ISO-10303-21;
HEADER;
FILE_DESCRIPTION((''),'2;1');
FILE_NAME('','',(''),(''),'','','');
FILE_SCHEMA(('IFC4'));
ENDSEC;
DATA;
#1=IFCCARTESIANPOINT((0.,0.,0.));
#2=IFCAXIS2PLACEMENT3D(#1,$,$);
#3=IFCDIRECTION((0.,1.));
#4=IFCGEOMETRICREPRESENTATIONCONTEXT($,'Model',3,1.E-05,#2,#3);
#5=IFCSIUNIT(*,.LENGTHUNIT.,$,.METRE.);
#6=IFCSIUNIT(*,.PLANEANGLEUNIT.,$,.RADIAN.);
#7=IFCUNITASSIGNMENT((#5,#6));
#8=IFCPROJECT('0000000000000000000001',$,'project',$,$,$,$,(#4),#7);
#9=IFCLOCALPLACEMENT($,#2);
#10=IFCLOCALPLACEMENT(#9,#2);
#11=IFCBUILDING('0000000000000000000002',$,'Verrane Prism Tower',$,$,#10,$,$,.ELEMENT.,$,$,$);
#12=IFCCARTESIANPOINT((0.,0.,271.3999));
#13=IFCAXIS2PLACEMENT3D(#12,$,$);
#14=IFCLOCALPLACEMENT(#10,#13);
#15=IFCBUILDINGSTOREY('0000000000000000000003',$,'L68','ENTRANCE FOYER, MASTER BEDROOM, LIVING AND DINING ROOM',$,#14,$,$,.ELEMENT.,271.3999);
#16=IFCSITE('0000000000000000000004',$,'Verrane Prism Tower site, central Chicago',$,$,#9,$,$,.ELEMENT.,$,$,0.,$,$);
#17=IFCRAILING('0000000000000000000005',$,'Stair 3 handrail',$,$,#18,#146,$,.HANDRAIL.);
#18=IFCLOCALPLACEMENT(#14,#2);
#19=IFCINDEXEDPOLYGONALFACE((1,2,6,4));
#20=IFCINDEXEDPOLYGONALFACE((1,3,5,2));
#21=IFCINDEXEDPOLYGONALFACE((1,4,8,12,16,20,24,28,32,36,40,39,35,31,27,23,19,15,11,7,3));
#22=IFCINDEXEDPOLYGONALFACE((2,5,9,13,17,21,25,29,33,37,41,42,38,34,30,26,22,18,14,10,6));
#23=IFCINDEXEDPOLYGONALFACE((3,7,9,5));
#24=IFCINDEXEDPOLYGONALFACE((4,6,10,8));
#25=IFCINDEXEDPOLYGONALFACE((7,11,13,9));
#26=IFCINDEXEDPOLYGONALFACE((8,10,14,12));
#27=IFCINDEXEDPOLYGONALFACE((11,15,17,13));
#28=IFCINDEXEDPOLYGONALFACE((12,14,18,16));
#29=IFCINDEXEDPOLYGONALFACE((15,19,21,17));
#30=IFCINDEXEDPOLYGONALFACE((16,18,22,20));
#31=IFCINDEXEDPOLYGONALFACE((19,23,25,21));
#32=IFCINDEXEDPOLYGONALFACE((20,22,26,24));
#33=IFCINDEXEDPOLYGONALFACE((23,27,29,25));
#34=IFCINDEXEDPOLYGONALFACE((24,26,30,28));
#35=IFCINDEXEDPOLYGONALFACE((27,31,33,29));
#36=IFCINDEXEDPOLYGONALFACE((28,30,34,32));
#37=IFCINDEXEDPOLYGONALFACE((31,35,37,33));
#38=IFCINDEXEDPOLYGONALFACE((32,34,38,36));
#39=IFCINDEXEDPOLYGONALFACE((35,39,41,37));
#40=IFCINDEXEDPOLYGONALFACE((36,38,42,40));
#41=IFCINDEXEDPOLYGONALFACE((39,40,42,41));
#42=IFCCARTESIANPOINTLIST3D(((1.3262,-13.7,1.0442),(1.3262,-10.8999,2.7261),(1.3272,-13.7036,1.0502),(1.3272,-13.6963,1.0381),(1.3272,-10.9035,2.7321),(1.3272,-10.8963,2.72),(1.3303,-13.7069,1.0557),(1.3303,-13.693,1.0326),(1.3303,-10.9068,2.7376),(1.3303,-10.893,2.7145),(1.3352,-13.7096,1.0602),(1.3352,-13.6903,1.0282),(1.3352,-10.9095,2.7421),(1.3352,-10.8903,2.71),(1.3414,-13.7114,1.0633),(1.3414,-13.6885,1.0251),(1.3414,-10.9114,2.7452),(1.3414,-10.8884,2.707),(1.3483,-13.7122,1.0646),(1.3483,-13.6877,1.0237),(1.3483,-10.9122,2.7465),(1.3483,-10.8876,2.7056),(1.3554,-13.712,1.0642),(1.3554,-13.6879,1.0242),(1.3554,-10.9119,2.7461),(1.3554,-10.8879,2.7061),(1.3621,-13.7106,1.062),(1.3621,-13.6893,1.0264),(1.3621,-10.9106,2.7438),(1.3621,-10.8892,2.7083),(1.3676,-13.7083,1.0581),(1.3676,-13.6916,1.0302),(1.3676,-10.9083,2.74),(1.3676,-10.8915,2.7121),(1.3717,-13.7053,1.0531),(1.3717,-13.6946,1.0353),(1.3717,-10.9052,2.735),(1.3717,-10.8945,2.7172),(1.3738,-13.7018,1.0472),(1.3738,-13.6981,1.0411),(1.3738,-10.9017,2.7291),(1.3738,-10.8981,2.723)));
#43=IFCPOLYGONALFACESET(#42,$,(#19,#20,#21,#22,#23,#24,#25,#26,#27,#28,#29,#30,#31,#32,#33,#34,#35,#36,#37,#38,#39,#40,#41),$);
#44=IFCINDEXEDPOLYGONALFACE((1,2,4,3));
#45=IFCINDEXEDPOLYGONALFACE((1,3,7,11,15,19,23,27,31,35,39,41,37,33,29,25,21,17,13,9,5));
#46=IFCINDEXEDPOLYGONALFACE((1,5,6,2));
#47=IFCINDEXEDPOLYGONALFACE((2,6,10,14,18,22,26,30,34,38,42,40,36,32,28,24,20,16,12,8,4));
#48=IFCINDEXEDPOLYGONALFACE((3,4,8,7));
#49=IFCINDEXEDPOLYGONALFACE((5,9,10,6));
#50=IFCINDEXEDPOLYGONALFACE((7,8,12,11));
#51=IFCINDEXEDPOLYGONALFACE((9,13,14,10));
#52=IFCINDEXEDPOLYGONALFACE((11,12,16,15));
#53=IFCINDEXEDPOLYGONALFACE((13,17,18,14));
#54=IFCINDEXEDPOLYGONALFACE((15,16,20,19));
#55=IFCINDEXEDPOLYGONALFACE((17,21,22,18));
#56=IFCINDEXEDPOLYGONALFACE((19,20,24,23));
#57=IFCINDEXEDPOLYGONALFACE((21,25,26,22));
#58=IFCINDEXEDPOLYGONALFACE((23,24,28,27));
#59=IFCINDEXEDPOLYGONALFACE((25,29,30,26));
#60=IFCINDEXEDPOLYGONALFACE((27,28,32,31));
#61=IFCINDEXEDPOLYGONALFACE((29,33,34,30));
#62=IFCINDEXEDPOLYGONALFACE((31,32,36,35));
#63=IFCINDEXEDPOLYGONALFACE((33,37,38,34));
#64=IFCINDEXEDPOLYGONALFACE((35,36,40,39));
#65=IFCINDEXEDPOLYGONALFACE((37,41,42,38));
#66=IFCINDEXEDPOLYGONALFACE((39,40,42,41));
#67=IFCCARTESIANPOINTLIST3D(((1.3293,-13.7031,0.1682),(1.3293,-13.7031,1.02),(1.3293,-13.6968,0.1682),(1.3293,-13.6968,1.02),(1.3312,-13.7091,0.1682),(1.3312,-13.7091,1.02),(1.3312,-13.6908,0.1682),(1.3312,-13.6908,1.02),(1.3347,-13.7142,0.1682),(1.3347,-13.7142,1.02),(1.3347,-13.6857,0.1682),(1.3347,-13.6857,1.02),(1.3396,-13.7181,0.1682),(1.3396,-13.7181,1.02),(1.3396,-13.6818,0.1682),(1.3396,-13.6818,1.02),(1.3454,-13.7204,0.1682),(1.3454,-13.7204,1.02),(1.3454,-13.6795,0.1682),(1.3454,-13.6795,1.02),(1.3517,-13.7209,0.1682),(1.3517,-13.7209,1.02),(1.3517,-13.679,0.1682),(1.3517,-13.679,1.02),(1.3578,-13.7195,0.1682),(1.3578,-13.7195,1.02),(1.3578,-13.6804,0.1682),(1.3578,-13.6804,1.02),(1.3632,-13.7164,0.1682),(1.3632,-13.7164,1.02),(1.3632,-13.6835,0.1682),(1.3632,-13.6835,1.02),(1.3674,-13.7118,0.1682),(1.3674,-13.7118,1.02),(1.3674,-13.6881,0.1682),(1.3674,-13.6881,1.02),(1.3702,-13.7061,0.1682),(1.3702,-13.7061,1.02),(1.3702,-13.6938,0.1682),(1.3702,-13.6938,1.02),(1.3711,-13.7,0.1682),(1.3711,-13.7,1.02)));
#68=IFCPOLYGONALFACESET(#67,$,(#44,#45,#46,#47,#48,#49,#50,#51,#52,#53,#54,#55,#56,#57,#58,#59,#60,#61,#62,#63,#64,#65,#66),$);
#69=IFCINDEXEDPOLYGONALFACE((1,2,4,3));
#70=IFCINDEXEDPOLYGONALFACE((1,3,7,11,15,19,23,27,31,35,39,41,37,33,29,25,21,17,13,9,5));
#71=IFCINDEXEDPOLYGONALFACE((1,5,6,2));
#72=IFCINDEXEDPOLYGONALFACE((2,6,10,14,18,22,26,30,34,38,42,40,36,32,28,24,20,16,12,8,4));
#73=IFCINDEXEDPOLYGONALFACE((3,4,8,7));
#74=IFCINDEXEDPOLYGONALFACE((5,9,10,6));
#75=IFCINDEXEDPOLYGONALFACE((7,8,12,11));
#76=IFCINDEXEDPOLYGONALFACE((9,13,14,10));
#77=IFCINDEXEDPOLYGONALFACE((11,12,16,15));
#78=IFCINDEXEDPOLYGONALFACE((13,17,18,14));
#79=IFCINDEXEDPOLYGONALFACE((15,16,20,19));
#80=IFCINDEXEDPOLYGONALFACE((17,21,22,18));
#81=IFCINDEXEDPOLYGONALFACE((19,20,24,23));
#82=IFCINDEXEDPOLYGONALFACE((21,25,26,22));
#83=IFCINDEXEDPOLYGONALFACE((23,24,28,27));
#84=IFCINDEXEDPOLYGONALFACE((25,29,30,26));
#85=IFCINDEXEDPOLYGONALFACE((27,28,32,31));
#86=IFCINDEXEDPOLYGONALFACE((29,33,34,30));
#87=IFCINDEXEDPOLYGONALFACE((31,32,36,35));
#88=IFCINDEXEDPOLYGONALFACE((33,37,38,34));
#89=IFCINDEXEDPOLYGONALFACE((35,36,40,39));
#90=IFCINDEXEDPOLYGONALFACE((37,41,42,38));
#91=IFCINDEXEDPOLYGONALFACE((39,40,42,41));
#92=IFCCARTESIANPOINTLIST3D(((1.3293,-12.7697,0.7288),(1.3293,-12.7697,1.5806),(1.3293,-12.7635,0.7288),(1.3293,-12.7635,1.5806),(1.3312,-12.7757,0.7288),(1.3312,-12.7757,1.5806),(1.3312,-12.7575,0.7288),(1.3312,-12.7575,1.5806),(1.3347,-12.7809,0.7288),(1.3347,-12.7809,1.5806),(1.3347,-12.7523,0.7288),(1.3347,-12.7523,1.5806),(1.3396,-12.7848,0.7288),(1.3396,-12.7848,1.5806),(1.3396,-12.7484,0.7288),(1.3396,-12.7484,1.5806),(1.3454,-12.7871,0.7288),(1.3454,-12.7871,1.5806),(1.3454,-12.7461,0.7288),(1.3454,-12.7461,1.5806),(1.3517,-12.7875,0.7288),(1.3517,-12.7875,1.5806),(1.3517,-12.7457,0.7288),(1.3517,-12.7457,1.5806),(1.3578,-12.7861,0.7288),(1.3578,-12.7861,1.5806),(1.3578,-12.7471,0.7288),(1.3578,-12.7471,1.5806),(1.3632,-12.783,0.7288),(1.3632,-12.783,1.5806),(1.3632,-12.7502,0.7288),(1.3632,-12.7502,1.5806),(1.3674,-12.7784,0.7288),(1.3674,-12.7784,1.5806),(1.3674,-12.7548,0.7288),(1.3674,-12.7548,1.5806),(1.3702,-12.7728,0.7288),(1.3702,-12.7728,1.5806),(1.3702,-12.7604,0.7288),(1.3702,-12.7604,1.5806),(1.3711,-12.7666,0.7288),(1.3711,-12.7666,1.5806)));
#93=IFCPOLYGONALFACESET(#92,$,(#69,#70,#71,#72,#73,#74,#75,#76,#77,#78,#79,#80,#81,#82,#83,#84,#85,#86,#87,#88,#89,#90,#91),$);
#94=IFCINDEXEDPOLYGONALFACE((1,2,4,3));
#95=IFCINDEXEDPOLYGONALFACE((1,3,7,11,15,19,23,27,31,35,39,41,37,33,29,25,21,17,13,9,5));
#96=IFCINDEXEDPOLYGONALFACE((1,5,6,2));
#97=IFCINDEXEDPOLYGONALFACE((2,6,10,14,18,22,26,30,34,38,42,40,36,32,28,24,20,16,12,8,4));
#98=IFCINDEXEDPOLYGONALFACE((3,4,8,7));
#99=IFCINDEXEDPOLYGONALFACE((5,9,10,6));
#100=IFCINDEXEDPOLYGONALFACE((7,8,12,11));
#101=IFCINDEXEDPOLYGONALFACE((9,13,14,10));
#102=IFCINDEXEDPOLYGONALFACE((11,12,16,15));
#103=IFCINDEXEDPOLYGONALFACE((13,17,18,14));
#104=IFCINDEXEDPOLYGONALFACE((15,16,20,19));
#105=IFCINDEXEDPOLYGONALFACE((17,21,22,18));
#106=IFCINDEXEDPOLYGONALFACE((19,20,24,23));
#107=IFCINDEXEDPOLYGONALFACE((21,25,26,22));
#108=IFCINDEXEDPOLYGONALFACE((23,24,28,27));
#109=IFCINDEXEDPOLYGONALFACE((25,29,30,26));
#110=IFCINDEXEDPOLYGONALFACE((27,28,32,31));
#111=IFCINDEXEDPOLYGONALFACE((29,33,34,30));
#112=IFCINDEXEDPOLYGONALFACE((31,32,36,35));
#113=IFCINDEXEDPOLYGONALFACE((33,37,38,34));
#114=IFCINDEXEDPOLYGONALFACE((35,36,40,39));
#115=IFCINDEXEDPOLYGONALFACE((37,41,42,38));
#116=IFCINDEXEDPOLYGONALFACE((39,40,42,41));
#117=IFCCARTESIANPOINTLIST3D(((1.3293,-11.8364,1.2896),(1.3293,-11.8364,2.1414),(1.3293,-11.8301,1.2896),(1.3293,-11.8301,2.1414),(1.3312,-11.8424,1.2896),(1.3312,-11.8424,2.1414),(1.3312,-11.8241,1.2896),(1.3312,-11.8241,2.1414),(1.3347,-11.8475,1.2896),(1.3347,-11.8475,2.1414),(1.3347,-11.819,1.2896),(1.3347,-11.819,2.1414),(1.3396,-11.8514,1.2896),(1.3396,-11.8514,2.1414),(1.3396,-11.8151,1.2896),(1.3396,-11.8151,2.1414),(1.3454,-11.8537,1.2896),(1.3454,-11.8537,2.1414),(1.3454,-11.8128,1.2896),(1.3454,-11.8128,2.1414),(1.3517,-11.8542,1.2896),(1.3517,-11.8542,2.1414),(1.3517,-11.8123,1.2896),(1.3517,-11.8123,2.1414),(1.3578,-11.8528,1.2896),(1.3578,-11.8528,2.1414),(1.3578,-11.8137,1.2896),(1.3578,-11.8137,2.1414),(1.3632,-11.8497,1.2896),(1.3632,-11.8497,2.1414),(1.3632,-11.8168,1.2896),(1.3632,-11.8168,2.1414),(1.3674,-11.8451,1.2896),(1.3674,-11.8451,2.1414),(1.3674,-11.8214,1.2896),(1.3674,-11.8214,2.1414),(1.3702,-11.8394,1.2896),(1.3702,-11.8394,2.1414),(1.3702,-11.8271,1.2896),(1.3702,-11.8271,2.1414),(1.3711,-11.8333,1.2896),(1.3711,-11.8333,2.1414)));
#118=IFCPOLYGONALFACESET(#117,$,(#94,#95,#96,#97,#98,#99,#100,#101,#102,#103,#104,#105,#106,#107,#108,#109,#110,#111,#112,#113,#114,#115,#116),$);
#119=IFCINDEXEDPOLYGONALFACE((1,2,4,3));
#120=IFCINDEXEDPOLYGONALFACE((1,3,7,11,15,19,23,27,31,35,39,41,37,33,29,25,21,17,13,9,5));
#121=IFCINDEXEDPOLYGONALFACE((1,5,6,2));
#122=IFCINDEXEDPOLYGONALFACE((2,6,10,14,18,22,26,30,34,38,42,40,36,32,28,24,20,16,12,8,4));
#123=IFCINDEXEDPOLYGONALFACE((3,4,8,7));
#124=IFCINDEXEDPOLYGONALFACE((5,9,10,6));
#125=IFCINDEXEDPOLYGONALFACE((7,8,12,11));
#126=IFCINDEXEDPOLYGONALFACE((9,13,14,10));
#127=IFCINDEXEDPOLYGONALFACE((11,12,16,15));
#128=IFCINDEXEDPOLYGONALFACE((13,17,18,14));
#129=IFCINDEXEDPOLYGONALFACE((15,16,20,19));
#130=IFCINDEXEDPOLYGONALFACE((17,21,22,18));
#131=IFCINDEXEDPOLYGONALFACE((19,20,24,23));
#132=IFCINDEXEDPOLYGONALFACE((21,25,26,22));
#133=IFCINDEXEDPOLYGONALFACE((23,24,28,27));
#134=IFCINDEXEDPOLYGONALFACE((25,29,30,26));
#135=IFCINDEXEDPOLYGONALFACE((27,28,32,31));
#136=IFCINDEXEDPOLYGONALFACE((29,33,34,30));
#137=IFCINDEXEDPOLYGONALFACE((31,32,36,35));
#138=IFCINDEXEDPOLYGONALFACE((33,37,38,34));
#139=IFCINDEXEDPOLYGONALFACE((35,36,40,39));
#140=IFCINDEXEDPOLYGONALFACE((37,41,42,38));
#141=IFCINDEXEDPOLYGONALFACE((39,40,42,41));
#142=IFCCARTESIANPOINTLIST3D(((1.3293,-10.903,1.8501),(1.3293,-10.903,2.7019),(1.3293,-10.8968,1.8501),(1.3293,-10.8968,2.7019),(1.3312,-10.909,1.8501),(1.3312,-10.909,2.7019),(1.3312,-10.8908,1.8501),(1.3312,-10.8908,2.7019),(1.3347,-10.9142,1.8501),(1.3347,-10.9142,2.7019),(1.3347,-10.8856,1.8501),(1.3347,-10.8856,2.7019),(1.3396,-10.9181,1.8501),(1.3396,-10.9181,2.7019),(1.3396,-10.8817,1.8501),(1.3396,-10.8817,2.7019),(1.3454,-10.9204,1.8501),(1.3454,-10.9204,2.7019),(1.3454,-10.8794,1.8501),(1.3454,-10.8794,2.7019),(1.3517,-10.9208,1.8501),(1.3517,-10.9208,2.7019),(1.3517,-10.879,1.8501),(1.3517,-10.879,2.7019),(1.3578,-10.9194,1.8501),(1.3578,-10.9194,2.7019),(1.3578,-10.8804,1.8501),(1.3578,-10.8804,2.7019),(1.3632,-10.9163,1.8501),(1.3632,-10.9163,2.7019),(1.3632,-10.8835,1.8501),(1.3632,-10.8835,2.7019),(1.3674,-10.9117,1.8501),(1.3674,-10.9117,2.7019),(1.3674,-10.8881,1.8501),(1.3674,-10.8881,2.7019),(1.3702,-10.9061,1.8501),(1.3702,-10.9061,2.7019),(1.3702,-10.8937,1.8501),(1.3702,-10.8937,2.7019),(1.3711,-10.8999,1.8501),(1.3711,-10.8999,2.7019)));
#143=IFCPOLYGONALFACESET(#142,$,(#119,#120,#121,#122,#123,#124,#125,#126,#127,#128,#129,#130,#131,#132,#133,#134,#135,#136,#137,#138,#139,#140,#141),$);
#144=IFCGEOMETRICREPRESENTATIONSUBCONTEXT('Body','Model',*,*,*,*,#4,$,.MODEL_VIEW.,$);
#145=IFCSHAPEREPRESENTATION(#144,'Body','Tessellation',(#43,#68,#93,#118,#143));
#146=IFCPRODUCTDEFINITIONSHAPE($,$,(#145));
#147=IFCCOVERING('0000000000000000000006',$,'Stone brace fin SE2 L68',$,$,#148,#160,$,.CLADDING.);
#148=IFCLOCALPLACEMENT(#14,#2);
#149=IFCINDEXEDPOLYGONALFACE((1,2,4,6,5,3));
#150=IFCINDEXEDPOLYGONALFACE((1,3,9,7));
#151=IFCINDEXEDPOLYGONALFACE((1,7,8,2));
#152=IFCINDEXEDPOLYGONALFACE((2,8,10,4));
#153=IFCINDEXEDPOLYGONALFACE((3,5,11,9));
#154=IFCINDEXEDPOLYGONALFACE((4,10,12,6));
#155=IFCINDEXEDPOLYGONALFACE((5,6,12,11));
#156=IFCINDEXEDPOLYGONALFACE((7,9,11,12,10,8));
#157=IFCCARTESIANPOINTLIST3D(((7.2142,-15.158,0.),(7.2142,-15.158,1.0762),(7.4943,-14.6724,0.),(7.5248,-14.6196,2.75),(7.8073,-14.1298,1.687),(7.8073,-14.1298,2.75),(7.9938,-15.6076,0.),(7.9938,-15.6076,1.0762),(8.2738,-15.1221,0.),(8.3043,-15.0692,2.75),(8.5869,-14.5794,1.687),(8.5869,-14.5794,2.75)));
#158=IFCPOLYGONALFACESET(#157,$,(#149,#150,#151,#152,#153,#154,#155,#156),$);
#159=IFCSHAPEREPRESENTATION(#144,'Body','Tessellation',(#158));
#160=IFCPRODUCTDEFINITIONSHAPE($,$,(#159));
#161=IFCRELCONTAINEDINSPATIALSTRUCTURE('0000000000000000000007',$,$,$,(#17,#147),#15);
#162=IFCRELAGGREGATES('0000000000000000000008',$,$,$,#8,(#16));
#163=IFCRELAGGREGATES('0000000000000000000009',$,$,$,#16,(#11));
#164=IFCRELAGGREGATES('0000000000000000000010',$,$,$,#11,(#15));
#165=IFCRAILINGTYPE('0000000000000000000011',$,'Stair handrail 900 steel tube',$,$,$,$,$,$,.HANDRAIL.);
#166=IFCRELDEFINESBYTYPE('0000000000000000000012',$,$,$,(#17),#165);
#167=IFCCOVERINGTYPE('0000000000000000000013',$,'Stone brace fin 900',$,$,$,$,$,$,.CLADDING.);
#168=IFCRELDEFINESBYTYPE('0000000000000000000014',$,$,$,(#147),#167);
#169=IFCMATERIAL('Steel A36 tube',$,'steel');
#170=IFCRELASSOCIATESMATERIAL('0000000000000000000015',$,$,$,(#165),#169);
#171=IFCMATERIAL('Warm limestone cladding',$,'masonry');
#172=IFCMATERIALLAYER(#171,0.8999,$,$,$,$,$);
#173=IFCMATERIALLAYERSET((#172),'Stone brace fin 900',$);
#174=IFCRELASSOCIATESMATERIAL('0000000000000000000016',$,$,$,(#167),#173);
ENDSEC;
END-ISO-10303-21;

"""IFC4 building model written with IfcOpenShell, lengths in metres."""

from ifc_helpers import new_model, si_unit, direction, frame, origin, origin_2d, place, context, subcontext, project, spatial, polyline, circle, outline, extrude, material, layer, layer_set, type_object, element, save


model = new_model("IFC4")

# Units and contexts
model_context = context("Model", 3, precision=1e-05, world=origin(), true_north=direction((0.0, 1.0)))
body_context = subcontext(model_context, "Body", "Model", "MODEL_VIEW")
ifc_project = project(units=[si_unit("LENGTHUNIT", "METRE"), si_unit("PLANEANGLEUNIT", "RADIAN")], contexts=[model_context])

# Site, building, storey
site_placement = place(None, origin())
site = spatial("IfcSite", under=ifc_project, at=site_placement, Name="Verrane Prism Tower site, central Chicago", CompositionType="ELEMENT", RefElevation=0.0)
building_placement = place(site_placement, origin())
building = spatial("IfcBuilding", under=site, at=building_placement, Name="Verrane Prism Tower", CompositionType="ELEMENT")
storey_placement = place(building_placement, frame((0.0, 0.0, 271.3999)))
storey = spatial("IfcBuildingStorey", under=building, at=storey_placement, Name="L68", Description="ENTRANCE FOYER, MASTER BEDROOM, LIVING AND DINING ROOM", CompositionType="ELEMENT", Elevation=271.3999)

# Railing
ifc_material_1 = material(Name="Steel A36 tube", Category="steel")
railing_type_1 = type_object("IfcRailingType", Name="Stair handrail 900 steel tube", PredefinedType="HANDRAIL", material=ifc_material_1)
railing_1_placement = place(storey_placement, frame((1.3501, -13.7, 0.1682)))
element("IfcRailing", 1, at=railing_1_placement, inside=storey, type_object=railing_type_1, Name="Stair 3 handrail", PredefinedType="HANDRAIL", context=body_context, shape_type="SweptSolid", body=[
    extrude(circle(Radius=0.0239, at=origin_2d()), frame((0.0, 0.0, 0.876), z_axis=(0.0, 0.857242, 0.514913), x_axis=(-1.0, 0.0, 0.0)), (0.0, 0.0, 1.0), 3.2664),
    extrude(circle(Radius=0.021, at=origin_2d()), origin(), (0.0, 0.0, 1.0), 0.8518),
    extrude(circle(Radius=0.021, at=origin_2d()), frame((0.0, 0.9333, 0.5605)), (0.0, 0.0, 1.0), 0.8518),
    extrude(circle(Radius=0.021, at=origin_2d()), frame((0.0, 1.8667, 1.1213)), (0.0, 0.0, 1.0), 0.8518),
    extrude(circle(Radius=0.021, at=origin_2d()), frame((0.0, 2.8, 1.6819)), (0.0, 0.0, 1.0), 0.8518),
])

# Covering
ifc_material_2 = material(Name="Warm limestone cladding", Category="masonry")
ifc_layer_1 = layer(ifc_material_2, 0.8999)
ifc_layer_set_1 = layer_set([ifc_layer_1], Name="Stone brace fin 900")
covering_type = type_object("IfcCoveringType", Name="Stone brace fin 900", PredefinedType="CLADDING", material=ifc_layer_set_1)
covering_placement = place(storey_placement, frame((7.604, -15.3828, 0.0), z_axis=(0.0, 0.0, 1.0), x_axis=(0.499657, 0.866223, 0.0)))
element("IfcCovering", 2, at=covering_placement, inside=storey, type_object=covering_type, Name="Stone brace fin SE2 L68", PredefinedType="CLADDING", context=body_context, shape_type="SweptSolid", body=[
    extrude(outline(polyline([(1.187, 2.75), (0.6216, 2.75), (0.0, 1.0762), (0.0, 0.0), (0.5605, 0.0), (1.187, 1.687), (1.187, 2.75)])), frame((0.0, 0.45, 0.0), z_axis=(0.0, -1.0, 0.0), x_axis=(1.0, 0.0, 0.0)), (0.0, 0.0, 1.0), 0.8999),
])

save(model, "model.ifc")
